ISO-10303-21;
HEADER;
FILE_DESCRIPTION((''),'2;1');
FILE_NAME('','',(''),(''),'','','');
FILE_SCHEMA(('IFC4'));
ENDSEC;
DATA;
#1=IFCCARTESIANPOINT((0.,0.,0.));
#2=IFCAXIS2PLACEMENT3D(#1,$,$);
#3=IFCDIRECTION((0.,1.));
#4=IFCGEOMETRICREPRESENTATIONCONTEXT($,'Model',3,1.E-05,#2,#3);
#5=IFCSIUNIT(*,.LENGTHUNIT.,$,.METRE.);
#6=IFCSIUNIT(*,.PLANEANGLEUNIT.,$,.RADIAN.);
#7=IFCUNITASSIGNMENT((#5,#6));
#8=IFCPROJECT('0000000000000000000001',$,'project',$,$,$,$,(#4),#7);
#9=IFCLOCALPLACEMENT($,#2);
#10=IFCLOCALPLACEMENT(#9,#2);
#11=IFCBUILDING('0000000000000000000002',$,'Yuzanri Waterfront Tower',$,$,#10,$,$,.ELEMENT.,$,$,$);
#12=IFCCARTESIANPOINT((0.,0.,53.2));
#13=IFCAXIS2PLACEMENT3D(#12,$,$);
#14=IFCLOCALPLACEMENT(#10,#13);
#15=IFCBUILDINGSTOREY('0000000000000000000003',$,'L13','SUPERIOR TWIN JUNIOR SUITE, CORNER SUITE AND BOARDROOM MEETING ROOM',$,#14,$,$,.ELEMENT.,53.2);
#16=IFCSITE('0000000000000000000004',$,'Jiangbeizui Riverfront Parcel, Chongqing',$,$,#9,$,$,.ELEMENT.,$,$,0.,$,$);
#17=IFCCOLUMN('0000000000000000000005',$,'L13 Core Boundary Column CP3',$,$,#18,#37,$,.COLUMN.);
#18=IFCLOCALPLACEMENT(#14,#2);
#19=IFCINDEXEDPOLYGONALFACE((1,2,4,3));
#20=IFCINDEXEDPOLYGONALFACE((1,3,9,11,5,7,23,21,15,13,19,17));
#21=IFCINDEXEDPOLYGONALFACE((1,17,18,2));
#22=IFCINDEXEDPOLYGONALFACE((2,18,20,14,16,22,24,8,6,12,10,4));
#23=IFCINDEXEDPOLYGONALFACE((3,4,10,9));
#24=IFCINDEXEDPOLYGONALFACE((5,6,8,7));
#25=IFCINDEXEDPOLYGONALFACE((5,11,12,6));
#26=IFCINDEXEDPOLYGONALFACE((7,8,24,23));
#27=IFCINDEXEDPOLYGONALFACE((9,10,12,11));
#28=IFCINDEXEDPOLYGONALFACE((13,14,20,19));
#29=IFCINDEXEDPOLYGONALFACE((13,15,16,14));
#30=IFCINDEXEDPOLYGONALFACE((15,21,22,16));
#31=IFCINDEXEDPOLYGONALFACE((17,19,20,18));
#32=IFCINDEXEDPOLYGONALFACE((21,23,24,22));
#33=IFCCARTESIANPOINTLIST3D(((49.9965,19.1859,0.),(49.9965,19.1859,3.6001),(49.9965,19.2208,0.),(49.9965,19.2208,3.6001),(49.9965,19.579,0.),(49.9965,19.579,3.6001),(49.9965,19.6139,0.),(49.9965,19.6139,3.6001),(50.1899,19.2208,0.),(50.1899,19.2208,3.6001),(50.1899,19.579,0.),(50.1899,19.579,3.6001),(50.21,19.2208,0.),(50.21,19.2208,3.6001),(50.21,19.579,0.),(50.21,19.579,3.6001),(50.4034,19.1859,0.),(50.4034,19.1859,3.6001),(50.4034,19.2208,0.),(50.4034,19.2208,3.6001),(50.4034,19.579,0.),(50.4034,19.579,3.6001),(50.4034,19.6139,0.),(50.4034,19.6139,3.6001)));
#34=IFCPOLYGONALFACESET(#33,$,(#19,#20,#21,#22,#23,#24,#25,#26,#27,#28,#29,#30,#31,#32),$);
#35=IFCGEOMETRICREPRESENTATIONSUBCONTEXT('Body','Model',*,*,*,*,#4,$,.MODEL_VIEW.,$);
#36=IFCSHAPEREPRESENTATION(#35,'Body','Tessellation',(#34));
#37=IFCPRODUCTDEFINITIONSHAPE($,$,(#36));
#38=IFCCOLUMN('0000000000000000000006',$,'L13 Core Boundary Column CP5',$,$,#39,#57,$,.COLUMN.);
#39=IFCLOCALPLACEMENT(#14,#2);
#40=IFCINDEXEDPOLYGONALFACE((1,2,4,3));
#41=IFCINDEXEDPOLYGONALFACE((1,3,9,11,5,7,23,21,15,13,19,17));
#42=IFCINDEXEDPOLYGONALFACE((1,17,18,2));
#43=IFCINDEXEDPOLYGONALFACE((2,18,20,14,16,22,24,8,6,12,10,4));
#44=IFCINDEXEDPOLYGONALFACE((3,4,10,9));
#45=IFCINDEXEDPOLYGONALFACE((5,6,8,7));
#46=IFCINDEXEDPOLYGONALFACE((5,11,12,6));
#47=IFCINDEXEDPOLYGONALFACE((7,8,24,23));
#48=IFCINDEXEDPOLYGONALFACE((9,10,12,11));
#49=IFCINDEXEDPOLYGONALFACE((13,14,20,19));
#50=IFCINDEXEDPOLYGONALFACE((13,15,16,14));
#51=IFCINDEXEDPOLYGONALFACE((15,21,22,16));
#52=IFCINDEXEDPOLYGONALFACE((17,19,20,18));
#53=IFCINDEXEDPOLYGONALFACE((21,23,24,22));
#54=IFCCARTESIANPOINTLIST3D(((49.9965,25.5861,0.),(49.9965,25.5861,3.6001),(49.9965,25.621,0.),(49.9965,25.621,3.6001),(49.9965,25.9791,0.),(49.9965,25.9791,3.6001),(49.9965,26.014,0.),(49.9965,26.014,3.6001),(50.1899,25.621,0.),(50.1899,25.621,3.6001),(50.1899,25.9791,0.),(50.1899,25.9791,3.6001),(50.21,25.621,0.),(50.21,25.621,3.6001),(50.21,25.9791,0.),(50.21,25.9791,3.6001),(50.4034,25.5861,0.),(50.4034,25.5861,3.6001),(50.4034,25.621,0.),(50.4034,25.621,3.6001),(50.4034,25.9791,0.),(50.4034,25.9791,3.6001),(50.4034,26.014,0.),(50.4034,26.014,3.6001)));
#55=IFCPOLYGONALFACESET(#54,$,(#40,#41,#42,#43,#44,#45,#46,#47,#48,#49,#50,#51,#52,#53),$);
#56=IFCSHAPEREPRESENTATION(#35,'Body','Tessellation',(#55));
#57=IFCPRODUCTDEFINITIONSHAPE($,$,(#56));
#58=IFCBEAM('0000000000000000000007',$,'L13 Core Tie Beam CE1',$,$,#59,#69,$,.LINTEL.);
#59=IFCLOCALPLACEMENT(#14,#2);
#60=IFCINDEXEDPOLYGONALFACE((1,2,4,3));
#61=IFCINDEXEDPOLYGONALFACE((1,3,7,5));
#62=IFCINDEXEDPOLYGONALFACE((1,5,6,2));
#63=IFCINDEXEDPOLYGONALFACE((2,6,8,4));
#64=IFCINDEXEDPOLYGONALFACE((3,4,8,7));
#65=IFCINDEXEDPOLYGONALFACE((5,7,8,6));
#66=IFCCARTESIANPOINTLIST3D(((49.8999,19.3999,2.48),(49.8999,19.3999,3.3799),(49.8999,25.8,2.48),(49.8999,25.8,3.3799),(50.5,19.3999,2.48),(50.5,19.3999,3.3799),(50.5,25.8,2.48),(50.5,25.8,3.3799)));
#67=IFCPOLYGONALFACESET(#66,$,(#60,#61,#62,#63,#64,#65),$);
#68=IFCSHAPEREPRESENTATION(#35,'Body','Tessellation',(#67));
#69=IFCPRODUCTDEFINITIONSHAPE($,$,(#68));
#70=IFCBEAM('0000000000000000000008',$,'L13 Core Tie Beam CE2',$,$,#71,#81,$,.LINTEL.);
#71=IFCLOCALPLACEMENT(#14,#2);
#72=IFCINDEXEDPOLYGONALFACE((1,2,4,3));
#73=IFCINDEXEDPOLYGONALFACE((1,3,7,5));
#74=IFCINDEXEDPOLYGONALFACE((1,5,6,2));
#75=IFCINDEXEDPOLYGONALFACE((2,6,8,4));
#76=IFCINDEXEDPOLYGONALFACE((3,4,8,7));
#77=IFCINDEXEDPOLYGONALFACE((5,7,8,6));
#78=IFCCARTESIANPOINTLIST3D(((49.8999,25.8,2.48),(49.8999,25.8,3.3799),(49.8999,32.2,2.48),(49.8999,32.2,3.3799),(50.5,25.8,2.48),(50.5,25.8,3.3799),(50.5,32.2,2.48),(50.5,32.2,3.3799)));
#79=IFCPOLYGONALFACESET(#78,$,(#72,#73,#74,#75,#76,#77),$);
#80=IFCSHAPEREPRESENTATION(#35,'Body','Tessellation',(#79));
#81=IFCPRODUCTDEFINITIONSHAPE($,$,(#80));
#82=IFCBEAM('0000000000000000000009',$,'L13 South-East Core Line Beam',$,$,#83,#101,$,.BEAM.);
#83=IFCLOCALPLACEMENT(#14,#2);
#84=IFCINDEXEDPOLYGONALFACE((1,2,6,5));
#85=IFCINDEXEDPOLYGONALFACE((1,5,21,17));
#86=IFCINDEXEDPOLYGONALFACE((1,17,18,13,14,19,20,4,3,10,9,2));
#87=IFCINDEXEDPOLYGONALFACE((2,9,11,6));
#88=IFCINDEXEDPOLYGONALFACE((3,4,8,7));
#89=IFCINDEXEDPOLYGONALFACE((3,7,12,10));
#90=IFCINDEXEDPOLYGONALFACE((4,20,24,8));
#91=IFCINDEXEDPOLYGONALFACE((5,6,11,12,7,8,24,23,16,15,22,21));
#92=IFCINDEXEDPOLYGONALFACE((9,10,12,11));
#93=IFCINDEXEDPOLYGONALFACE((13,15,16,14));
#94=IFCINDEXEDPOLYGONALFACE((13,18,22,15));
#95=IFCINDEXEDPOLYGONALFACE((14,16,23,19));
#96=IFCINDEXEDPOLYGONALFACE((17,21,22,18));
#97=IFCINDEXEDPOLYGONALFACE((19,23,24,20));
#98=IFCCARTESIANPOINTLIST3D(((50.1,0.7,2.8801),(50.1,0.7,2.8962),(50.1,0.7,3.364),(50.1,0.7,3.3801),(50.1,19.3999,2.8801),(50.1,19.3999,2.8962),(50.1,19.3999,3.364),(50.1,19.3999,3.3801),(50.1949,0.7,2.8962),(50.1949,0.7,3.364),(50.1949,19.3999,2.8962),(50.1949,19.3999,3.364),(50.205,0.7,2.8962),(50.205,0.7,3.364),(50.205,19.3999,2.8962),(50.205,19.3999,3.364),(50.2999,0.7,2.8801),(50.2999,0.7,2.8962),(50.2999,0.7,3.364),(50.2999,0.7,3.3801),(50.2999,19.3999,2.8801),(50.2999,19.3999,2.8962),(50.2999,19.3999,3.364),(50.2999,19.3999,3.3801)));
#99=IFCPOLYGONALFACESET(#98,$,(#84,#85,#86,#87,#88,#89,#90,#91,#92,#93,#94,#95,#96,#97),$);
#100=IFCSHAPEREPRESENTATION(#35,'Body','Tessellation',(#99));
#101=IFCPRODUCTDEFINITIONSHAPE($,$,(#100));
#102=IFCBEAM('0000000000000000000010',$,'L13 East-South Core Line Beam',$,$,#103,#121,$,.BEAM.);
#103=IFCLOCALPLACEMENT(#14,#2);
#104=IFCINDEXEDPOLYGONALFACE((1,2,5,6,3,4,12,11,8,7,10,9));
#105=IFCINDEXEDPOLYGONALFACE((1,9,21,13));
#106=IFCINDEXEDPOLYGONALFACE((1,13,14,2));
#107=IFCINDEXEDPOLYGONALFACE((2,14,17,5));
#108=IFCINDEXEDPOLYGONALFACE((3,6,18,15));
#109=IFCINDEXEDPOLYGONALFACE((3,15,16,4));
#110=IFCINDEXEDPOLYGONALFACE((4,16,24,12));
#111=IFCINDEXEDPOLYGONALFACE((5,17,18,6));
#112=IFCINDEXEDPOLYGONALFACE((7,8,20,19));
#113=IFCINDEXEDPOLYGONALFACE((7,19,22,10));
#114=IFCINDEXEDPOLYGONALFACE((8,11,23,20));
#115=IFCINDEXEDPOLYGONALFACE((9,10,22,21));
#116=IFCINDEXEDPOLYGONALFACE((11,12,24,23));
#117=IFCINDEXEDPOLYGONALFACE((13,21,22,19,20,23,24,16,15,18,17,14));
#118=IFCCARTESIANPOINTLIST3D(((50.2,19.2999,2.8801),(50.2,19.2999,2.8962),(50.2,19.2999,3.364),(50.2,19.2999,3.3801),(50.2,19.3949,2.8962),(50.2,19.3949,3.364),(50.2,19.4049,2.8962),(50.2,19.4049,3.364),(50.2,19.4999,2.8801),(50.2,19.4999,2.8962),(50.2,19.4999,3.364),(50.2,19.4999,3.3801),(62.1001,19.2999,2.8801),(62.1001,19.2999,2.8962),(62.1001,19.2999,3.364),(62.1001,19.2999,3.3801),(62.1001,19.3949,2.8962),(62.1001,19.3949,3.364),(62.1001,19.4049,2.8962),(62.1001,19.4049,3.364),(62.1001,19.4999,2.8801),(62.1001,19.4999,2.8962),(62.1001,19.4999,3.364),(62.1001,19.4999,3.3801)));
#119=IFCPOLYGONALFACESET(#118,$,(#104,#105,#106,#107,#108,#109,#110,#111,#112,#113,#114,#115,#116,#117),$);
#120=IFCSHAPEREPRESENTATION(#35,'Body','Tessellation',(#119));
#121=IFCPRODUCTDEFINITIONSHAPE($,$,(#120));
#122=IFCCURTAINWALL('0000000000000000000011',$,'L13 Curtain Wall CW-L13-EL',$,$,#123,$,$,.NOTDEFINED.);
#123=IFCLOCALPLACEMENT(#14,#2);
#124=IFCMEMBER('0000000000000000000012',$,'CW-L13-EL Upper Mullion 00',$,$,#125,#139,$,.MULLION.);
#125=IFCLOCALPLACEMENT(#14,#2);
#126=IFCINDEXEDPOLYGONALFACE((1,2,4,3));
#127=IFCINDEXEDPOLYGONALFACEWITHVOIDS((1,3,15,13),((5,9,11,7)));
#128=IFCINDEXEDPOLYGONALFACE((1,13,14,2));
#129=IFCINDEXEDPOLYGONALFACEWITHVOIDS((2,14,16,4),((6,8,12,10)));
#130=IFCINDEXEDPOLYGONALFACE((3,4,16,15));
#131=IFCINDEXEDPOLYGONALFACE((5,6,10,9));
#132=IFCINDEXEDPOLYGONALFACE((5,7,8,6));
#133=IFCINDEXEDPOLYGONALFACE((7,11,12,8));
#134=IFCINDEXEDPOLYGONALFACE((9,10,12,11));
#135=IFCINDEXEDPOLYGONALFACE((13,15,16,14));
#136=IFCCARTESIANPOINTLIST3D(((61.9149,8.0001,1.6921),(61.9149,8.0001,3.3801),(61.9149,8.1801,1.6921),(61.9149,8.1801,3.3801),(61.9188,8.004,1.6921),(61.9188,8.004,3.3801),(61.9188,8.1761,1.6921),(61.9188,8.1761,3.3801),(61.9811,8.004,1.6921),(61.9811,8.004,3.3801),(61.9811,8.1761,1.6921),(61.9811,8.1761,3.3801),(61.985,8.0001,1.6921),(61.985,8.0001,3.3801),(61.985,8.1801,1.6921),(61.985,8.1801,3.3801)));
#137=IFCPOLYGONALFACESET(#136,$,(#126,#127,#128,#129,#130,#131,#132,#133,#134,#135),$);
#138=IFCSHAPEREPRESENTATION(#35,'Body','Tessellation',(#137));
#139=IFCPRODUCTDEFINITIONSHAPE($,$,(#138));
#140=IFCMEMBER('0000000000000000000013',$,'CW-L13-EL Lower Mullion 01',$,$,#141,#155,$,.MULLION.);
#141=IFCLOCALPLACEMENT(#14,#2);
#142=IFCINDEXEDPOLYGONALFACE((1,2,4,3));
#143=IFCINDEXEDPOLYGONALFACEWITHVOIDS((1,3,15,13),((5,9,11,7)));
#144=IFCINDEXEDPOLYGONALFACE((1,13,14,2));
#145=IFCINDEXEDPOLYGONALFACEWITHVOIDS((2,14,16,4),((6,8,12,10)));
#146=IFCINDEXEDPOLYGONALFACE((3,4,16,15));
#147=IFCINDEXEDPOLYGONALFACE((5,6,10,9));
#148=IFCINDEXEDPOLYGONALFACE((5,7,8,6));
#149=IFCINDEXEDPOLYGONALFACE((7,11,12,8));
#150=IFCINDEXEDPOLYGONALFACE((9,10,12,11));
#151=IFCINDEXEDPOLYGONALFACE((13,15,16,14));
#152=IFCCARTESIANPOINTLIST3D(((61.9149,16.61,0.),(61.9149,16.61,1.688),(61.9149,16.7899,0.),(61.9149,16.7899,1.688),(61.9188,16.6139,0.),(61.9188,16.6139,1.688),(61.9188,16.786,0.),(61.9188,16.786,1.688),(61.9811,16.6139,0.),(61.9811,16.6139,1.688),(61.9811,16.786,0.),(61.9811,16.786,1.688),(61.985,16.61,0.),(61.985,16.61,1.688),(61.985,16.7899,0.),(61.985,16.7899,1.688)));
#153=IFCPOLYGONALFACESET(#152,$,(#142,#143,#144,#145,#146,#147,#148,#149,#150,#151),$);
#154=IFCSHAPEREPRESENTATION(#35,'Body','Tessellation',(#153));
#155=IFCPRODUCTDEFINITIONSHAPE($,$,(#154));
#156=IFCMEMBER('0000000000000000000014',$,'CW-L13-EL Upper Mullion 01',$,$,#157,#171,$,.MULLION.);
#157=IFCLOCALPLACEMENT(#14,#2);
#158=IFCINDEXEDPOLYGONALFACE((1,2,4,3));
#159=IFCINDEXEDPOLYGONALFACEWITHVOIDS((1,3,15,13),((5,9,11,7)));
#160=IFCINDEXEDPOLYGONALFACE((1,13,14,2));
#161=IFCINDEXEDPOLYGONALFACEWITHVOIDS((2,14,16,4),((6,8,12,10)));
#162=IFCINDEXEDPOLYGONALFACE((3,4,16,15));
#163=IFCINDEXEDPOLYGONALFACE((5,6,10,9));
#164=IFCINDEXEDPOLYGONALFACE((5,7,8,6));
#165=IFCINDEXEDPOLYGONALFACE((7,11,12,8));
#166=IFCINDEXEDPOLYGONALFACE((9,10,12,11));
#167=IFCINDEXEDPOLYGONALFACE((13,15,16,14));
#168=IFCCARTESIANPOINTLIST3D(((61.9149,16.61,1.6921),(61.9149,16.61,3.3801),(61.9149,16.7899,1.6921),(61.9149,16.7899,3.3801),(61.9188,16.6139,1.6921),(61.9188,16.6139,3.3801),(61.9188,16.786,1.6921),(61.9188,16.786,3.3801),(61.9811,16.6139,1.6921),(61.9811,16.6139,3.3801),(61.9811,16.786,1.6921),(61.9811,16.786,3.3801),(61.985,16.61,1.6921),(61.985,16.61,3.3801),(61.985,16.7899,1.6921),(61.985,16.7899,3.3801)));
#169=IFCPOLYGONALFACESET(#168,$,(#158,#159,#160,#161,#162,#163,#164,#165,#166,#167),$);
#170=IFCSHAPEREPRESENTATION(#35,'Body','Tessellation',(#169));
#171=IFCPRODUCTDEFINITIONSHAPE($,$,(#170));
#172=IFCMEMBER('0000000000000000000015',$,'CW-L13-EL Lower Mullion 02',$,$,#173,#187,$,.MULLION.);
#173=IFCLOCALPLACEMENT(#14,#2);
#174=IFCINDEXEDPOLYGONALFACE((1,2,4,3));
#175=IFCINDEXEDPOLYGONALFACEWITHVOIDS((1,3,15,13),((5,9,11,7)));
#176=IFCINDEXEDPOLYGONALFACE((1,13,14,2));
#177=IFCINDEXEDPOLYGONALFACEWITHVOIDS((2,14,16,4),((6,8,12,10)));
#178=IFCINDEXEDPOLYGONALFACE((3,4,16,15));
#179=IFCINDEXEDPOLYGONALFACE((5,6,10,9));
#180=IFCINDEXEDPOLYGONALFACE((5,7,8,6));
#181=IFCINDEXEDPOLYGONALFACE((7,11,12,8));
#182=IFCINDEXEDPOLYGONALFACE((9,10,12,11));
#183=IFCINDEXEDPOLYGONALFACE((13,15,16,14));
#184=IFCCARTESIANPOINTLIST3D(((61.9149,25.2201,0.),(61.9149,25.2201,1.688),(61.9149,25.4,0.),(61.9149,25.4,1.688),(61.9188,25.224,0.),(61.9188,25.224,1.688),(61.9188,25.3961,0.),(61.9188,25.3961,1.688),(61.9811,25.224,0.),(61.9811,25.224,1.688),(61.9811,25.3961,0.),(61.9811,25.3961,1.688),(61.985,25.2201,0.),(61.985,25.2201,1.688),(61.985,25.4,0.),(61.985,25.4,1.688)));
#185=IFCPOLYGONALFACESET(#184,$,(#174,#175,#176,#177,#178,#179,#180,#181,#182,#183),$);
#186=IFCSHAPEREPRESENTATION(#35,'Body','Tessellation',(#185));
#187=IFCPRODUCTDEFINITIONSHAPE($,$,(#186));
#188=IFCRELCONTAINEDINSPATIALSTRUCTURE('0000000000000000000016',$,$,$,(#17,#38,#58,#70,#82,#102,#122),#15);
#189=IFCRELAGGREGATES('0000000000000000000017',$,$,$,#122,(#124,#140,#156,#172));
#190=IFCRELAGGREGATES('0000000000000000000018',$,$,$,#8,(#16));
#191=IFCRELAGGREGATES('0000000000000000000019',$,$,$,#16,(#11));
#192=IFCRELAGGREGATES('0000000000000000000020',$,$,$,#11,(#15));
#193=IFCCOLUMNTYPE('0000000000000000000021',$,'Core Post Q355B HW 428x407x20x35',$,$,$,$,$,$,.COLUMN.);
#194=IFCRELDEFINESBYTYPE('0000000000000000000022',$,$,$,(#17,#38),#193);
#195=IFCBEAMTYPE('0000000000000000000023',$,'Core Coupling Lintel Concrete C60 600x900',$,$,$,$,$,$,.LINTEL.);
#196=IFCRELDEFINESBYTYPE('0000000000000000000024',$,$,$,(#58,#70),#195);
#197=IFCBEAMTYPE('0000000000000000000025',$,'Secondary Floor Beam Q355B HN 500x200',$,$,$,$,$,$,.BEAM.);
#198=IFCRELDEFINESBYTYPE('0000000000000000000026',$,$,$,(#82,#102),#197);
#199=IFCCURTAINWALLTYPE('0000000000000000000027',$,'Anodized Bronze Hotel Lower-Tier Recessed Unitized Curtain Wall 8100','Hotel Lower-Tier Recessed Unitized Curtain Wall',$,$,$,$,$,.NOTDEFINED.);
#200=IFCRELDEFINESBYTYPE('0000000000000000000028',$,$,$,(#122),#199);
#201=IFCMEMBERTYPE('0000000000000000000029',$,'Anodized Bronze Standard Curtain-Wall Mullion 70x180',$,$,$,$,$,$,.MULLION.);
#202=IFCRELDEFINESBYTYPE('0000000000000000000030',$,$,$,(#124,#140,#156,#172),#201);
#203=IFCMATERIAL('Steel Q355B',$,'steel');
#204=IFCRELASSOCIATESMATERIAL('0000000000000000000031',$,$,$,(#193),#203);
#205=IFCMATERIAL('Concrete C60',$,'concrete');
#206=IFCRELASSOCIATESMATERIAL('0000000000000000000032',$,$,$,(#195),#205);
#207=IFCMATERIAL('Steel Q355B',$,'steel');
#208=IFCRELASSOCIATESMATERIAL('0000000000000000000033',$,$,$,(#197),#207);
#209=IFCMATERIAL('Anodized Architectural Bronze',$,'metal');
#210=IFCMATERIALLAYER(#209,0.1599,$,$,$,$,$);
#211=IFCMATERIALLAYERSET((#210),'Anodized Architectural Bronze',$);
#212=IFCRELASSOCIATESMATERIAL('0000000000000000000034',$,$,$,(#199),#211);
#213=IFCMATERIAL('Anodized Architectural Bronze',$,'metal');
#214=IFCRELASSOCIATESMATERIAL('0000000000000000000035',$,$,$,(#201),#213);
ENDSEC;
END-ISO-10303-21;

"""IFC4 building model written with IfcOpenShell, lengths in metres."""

from ifc_helpers import new_model, si_unit, direction, frame, origin, origin_2d, place, context, subcontext, project, spatial, rectangle, hollow_rectangle, i_section, extrude, source, transform, mapped, material, layer, layer_set, material_profile, profile_set, type_object, element, aggregate, save


model = new_model("IFC4")

# Units and contexts
model_context = context("Model", 3, precision=1e-05, world=origin(), true_north=direction((0.0, 1.0)))
body_context = subcontext(model_context, "Body", "Model", "MODEL_VIEW")
ifc_project = project(units=[si_unit("LENGTHUNIT", "METRE"), si_unit("PLANEANGLEUNIT", "RADIAN")], contexts=[model_context])

# Site, building, storey
site_placement = place(None, origin())
site = spatial("IfcSite", under=ifc_project, at=site_placement, Name="Jiangbeizui Riverfront Parcel, Chongqing", CompositionType="ELEMENT", RefElevation=0.0)
building_placement = place(site_placement, origin())
building = spatial("IfcBuilding", under=site, at=building_placement, Name="Yuzanri Waterfront Tower", CompositionType="ELEMENT")
storey_placement = place(building_placement, frame((0.0, 0.0, 53.2)))
storey = spatial("IfcBuildingStorey", under=building, at=storey_placement, Name="L13", Description="SUPERIOR TWIN JUNIOR SUITE, CORNER SUITE AND BOARDROOM MEETING ROOM", CompositionType="ELEMENT", Elevation=53.2)

# Columns
ifc_material_1 = material(Name="Steel Q355B", Category="steel")
ifc_material_profile_1 = material_profile(ifc_material_1, i_section(OverallWidth=0.407, OverallDepth=0.428, WebThickness=0.02, FlangeThickness=0.0349, at=origin_2d()), Name="HW 428x407x20x35")
ifc_profile_set_1 = profile_set([ifc_material_profile_1], Name="Steel Q355B")
column_type = type_object("IfcColumnType", Name="Core Post Q355B HW 428x407x20x35", PredefinedType="COLUMN", material=ifc_profile_set_1)
shared_shape_1 = source(origin(), body_context, "Body", "SweptSolid", [
    extrude(i_section(OverallWidth=0.407, OverallDepth=0.428, WebThickness=0.02, FlangeThickness=0.0349, at=origin_2d()), origin(), (0.0, 0.0, 1.0), 3.6001),
])
for number, where, z_axis, x_axis, name in (
    (1, (50.2, 19.3999, 0.0), (0.0, 0.0, 1.0), (1.0, 0.0, 0.0), "L13 Core Boundary Column CP3"),
    (2, (50.2, 25.8, 0.0), (0.0, 0.0, 1.0), (1.0, 0.0, 0.0), "L13 Core Boundary Column CP5"),
):
    element("IfcColumn", number, at=place(storey_placement, frame(where, z_axis=z_axis, x_axis=x_axis)), inside=storey, type_object=column_type, Name=name, PredefinedType="COLUMN", context=body_context, shape_type="MappedRepresentation", body=[
        mapped(shared_shape_1, transform((0.0, 0.0, 0.0), scale=1.0)),
    ])

# Beams
ifc_material_2 = material(Name="Concrete C60", Category="concrete")
ifc_material_profile_2 = material_profile(ifc_material_2, rectangle(XDim=0.6001, YDim=0.8999, at=origin_2d()), Name="RC 600x900")
ifc_profile_set_2 = profile_set([ifc_material_profile_2], Name="Concrete C60")
beam_type_1 = type_object("IfcBeamType", Name="Core Coupling Lintel Concrete C60 600x900", PredefinedType="LINTEL", material=ifc_profile_set_2)
shared_shape_2 = source(origin(), body_context, "Body", "SweptSolid", [
    extrude(rectangle(XDim=0.6001, YDim=0.8999, at=origin_2d()), origin(), (0.0, 0.0, 1.0), 6.4001),
])
beam_1_placement = place(storey_placement, frame((50.2, 19.3999, 2.9299), z_axis=(0.0, 1.0, 0.0), x_axis=(-1.0, 0.0, 0.0)))
element("IfcBeam", 3, at=beam_1_placement, inside=storey, type_object=beam_type_1, Name="L13 Core Tie Beam CE1", PredefinedType="LINTEL", context=body_context, shape_type="MappedRepresentation", body=[
    mapped(shared_shape_2, transform((0.0, 0.0, 0.0), scale=1.0)),
])
shared_shape_3 = source(origin(), body_context, "Body", "SweptSolid", [
    extrude(rectangle(XDim=0.6001, YDim=0.8999, at=origin_2d()), origin(), (0.0, 0.0, 1.0), 6.3999),
])
beam_2_placement = place(storey_placement, frame((50.2, 25.8, 2.9299), z_axis=(0.0, 1.0, 0.0), x_axis=(-1.0, 0.0, 0.0)))
element("IfcBeam", 4, at=beam_2_placement, inside=storey, type_object=beam_type_1, Name="L13 Core Tie Beam CE2", PredefinedType="LINTEL", context=body_context, shape_type="MappedRepresentation", body=[
    mapped(shared_shape_3, transform((0.0, 0.0, 0.0), scale=1.0)),
])
ifc_material_3 = material(Name="Steel Q355B", Category="steel")
ifc_material_profile_3 = material_profile(ifc_material_3, i_section(OverallWidth=0.2, OverallDepth=0.5, WebThickness=0.01, FlangeThickness=0.0161, at=origin_2d()), Name="HN 500x200x10x16")
ifc_profile_set_3 = profile_set([ifc_material_profile_3], Name="Steel Q355B")
beam_type_2 = type_object("IfcBeamType", Name="Secondary Floor Beam Q355B HN 500x200", PredefinedType="BEAM", material=ifc_profile_set_3)
shared_shape_4 = source(origin(), body_context, "Body", "SweptSolid", [
    extrude(i_section(OverallWidth=0.2, OverallDepth=0.5, WebThickness=0.01, FlangeThickness=0.0161, at=origin_2d()), origin(), (0.0, 0.0, 1.0), 18.7),
])
beam_3_placement = place(storey_placement, frame((50.2, 19.3999, 3.1301), z_axis=(0.0, -1.0, 0.0), x_axis=(1.0, 0.0, 0.0)))
element("IfcBeam", 5, at=beam_3_placement, inside=storey, type_object=beam_type_2, Name="L13 South-East Core Line Beam", PredefinedType="BEAM", context=body_context, shape_type="MappedRepresentation", body=[
    mapped(shared_shape_4, transform((0.0, 0.0, 0.0), scale=1.0)),
])
shared_shape_5 = source(origin(), body_context, "Body", "SweptSolid", [
    extrude(i_section(OverallWidth=0.2, OverallDepth=0.5, WebThickness=0.01, FlangeThickness=0.0161, at=origin_2d()), origin(), (0.0, 0.0, 1.0), 11.9001),
])
beam_4_placement = place(storey_placement, frame((50.2, 19.3999, 3.1301), z_axis=(1.0, 0.0, 0.0), x_axis=(0.0, 1.0, 0.0)))
element("IfcBeam", 6, at=beam_4_placement, inside=storey, type_object=beam_type_2, Name="L13 East-South Core Line Beam", PredefinedType="BEAM", context=body_context, shape_type="MappedRepresentation", body=[
    mapped(shared_shape_5, transform((0.0, 0.0, 0.0), scale=1.0)),
])

# Curtain wall, members
ifc_material_4 = material(Name="Anodized Architectural Bronze", Category="metal")
ifc_layer_1 = layer(ifc_material_4, 0.1599)
ifc_layer_set_1 = layer_set([ifc_layer_1], Name="Anodized Architectural Bronze")
curtain_wall_type = type_object("IfcCurtainWallType", Name="Anodized Bronze Hotel Lower-Tier Recessed Unitized Curtain Wall 8100", Description="Hotel Lower-Tier Recessed Unitized Curtain Wall", PredefinedType="NOTDEFINED", material=ifc_layer_set_1)
curtain_wall_placement = place(storey_placement, origin())
curtain_wall = element("IfcCurtainWall", 7, at=curtain_wall_placement, inside=storey, type_object=curtain_wall_type, Name="L13 Curtain Wall CW-L13-EL", PredefinedType="NOTDEFINED")
ifc_material_5 = material(Name="Anodized Architectural Bronze", Category="metal")
ifc_material_profile_4 = material_profile(ifc_material_5, hollow_rectangle(XDim=0.0701, YDim=0.1799, WallThickness=0.0039, at=origin_2d()), Name="CWM 70x180")
ifc_profile_set_4 = profile_set([ifc_material_profile_4], Name="Anodized Architectural Bronze")
member_type = type_object("IfcMemberType", Name="Anodized Bronze Standard Curtain-Wall Mullion 70x180", PredefinedType="MULLION", material=ifc_profile_set_4)
shared_shape_6 = source(origin(), body_context, "Body", "SweptSolid", [
    extrude(hollow_rectangle(XDim=0.0701, YDim=0.1799, WallThickness=0.0039, at=origin_2d()), origin(), (0.0, 0.0, 1.0), 1.688),
])
member_1_placement = place(storey_placement, frame((61.95, 8.0901, 1.6921), z_axis=(0.0, 0.0, 1.0), x_axis=(1.0, 0.0, 0.0)))
member_1 = element("IfcMember", 8, at=member_1_placement, type_object=member_type, Name="CW-L13-EL Upper Mullion 00", PredefinedType="MULLION", context=body_context, shape_type="MappedRepresentation", body=[
    mapped(shared_shape_6, transform((0.0, 0.0, 0.0), scale=1.0)),
])
member_2_placement = place(storey_placement, frame((61.95, 16.7, 0.0), z_axis=(0.0, 0.0, 1.0), x_axis=(1.0, 0.0, 0.0)))
member_2 = element("IfcMember", 9, at=member_2_placement, type_object=member_type, Name="CW-L13-EL Lower Mullion 01", PredefinedType="MULLION", context=body_context, shape_type="MappedRepresentation", body=[
    mapped(shared_shape_6, transform((0.0, 0.0, 0.0), scale=1.0)),
])
member_3_placement = place(storey_placement, frame((61.95, 16.7, 1.6921), z_axis=(0.0, 0.0, 1.0), x_axis=(1.0, 0.0, 0.0)))
member_3 = element("IfcMember", 10, at=member_3_placement, type_object=member_type, Name="CW-L13-EL Upper Mullion 01", PredefinedType="MULLION", context=body_context, shape_type="MappedRepresentation", body=[
    mapped(shared_shape_6, transform((0.0, 0.0, 0.0), scale=1.0)),
])
member_4_placement = place(storey_placement, frame((61.95, 25.3101, 0.0), z_axis=(0.0, 0.0, 1.0), x_axis=(1.0, 0.0, 0.0)))
member_4 = element("IfcMember", 11, at=member_4_placement, type_object=member_type, Name="CW-L13-EL Lower Mullion 02", PredefinedType="MULLION", context=body_context, shape_type="MappedRepresentation", body=[
    mapped(shared_shape_6, transform((0.0, 0.0, 0.0), scale=1.0)),
])
aggregate(curtain_wall, [member_1, member_2, member_3, member_4])

save(model, "model.ifc")
